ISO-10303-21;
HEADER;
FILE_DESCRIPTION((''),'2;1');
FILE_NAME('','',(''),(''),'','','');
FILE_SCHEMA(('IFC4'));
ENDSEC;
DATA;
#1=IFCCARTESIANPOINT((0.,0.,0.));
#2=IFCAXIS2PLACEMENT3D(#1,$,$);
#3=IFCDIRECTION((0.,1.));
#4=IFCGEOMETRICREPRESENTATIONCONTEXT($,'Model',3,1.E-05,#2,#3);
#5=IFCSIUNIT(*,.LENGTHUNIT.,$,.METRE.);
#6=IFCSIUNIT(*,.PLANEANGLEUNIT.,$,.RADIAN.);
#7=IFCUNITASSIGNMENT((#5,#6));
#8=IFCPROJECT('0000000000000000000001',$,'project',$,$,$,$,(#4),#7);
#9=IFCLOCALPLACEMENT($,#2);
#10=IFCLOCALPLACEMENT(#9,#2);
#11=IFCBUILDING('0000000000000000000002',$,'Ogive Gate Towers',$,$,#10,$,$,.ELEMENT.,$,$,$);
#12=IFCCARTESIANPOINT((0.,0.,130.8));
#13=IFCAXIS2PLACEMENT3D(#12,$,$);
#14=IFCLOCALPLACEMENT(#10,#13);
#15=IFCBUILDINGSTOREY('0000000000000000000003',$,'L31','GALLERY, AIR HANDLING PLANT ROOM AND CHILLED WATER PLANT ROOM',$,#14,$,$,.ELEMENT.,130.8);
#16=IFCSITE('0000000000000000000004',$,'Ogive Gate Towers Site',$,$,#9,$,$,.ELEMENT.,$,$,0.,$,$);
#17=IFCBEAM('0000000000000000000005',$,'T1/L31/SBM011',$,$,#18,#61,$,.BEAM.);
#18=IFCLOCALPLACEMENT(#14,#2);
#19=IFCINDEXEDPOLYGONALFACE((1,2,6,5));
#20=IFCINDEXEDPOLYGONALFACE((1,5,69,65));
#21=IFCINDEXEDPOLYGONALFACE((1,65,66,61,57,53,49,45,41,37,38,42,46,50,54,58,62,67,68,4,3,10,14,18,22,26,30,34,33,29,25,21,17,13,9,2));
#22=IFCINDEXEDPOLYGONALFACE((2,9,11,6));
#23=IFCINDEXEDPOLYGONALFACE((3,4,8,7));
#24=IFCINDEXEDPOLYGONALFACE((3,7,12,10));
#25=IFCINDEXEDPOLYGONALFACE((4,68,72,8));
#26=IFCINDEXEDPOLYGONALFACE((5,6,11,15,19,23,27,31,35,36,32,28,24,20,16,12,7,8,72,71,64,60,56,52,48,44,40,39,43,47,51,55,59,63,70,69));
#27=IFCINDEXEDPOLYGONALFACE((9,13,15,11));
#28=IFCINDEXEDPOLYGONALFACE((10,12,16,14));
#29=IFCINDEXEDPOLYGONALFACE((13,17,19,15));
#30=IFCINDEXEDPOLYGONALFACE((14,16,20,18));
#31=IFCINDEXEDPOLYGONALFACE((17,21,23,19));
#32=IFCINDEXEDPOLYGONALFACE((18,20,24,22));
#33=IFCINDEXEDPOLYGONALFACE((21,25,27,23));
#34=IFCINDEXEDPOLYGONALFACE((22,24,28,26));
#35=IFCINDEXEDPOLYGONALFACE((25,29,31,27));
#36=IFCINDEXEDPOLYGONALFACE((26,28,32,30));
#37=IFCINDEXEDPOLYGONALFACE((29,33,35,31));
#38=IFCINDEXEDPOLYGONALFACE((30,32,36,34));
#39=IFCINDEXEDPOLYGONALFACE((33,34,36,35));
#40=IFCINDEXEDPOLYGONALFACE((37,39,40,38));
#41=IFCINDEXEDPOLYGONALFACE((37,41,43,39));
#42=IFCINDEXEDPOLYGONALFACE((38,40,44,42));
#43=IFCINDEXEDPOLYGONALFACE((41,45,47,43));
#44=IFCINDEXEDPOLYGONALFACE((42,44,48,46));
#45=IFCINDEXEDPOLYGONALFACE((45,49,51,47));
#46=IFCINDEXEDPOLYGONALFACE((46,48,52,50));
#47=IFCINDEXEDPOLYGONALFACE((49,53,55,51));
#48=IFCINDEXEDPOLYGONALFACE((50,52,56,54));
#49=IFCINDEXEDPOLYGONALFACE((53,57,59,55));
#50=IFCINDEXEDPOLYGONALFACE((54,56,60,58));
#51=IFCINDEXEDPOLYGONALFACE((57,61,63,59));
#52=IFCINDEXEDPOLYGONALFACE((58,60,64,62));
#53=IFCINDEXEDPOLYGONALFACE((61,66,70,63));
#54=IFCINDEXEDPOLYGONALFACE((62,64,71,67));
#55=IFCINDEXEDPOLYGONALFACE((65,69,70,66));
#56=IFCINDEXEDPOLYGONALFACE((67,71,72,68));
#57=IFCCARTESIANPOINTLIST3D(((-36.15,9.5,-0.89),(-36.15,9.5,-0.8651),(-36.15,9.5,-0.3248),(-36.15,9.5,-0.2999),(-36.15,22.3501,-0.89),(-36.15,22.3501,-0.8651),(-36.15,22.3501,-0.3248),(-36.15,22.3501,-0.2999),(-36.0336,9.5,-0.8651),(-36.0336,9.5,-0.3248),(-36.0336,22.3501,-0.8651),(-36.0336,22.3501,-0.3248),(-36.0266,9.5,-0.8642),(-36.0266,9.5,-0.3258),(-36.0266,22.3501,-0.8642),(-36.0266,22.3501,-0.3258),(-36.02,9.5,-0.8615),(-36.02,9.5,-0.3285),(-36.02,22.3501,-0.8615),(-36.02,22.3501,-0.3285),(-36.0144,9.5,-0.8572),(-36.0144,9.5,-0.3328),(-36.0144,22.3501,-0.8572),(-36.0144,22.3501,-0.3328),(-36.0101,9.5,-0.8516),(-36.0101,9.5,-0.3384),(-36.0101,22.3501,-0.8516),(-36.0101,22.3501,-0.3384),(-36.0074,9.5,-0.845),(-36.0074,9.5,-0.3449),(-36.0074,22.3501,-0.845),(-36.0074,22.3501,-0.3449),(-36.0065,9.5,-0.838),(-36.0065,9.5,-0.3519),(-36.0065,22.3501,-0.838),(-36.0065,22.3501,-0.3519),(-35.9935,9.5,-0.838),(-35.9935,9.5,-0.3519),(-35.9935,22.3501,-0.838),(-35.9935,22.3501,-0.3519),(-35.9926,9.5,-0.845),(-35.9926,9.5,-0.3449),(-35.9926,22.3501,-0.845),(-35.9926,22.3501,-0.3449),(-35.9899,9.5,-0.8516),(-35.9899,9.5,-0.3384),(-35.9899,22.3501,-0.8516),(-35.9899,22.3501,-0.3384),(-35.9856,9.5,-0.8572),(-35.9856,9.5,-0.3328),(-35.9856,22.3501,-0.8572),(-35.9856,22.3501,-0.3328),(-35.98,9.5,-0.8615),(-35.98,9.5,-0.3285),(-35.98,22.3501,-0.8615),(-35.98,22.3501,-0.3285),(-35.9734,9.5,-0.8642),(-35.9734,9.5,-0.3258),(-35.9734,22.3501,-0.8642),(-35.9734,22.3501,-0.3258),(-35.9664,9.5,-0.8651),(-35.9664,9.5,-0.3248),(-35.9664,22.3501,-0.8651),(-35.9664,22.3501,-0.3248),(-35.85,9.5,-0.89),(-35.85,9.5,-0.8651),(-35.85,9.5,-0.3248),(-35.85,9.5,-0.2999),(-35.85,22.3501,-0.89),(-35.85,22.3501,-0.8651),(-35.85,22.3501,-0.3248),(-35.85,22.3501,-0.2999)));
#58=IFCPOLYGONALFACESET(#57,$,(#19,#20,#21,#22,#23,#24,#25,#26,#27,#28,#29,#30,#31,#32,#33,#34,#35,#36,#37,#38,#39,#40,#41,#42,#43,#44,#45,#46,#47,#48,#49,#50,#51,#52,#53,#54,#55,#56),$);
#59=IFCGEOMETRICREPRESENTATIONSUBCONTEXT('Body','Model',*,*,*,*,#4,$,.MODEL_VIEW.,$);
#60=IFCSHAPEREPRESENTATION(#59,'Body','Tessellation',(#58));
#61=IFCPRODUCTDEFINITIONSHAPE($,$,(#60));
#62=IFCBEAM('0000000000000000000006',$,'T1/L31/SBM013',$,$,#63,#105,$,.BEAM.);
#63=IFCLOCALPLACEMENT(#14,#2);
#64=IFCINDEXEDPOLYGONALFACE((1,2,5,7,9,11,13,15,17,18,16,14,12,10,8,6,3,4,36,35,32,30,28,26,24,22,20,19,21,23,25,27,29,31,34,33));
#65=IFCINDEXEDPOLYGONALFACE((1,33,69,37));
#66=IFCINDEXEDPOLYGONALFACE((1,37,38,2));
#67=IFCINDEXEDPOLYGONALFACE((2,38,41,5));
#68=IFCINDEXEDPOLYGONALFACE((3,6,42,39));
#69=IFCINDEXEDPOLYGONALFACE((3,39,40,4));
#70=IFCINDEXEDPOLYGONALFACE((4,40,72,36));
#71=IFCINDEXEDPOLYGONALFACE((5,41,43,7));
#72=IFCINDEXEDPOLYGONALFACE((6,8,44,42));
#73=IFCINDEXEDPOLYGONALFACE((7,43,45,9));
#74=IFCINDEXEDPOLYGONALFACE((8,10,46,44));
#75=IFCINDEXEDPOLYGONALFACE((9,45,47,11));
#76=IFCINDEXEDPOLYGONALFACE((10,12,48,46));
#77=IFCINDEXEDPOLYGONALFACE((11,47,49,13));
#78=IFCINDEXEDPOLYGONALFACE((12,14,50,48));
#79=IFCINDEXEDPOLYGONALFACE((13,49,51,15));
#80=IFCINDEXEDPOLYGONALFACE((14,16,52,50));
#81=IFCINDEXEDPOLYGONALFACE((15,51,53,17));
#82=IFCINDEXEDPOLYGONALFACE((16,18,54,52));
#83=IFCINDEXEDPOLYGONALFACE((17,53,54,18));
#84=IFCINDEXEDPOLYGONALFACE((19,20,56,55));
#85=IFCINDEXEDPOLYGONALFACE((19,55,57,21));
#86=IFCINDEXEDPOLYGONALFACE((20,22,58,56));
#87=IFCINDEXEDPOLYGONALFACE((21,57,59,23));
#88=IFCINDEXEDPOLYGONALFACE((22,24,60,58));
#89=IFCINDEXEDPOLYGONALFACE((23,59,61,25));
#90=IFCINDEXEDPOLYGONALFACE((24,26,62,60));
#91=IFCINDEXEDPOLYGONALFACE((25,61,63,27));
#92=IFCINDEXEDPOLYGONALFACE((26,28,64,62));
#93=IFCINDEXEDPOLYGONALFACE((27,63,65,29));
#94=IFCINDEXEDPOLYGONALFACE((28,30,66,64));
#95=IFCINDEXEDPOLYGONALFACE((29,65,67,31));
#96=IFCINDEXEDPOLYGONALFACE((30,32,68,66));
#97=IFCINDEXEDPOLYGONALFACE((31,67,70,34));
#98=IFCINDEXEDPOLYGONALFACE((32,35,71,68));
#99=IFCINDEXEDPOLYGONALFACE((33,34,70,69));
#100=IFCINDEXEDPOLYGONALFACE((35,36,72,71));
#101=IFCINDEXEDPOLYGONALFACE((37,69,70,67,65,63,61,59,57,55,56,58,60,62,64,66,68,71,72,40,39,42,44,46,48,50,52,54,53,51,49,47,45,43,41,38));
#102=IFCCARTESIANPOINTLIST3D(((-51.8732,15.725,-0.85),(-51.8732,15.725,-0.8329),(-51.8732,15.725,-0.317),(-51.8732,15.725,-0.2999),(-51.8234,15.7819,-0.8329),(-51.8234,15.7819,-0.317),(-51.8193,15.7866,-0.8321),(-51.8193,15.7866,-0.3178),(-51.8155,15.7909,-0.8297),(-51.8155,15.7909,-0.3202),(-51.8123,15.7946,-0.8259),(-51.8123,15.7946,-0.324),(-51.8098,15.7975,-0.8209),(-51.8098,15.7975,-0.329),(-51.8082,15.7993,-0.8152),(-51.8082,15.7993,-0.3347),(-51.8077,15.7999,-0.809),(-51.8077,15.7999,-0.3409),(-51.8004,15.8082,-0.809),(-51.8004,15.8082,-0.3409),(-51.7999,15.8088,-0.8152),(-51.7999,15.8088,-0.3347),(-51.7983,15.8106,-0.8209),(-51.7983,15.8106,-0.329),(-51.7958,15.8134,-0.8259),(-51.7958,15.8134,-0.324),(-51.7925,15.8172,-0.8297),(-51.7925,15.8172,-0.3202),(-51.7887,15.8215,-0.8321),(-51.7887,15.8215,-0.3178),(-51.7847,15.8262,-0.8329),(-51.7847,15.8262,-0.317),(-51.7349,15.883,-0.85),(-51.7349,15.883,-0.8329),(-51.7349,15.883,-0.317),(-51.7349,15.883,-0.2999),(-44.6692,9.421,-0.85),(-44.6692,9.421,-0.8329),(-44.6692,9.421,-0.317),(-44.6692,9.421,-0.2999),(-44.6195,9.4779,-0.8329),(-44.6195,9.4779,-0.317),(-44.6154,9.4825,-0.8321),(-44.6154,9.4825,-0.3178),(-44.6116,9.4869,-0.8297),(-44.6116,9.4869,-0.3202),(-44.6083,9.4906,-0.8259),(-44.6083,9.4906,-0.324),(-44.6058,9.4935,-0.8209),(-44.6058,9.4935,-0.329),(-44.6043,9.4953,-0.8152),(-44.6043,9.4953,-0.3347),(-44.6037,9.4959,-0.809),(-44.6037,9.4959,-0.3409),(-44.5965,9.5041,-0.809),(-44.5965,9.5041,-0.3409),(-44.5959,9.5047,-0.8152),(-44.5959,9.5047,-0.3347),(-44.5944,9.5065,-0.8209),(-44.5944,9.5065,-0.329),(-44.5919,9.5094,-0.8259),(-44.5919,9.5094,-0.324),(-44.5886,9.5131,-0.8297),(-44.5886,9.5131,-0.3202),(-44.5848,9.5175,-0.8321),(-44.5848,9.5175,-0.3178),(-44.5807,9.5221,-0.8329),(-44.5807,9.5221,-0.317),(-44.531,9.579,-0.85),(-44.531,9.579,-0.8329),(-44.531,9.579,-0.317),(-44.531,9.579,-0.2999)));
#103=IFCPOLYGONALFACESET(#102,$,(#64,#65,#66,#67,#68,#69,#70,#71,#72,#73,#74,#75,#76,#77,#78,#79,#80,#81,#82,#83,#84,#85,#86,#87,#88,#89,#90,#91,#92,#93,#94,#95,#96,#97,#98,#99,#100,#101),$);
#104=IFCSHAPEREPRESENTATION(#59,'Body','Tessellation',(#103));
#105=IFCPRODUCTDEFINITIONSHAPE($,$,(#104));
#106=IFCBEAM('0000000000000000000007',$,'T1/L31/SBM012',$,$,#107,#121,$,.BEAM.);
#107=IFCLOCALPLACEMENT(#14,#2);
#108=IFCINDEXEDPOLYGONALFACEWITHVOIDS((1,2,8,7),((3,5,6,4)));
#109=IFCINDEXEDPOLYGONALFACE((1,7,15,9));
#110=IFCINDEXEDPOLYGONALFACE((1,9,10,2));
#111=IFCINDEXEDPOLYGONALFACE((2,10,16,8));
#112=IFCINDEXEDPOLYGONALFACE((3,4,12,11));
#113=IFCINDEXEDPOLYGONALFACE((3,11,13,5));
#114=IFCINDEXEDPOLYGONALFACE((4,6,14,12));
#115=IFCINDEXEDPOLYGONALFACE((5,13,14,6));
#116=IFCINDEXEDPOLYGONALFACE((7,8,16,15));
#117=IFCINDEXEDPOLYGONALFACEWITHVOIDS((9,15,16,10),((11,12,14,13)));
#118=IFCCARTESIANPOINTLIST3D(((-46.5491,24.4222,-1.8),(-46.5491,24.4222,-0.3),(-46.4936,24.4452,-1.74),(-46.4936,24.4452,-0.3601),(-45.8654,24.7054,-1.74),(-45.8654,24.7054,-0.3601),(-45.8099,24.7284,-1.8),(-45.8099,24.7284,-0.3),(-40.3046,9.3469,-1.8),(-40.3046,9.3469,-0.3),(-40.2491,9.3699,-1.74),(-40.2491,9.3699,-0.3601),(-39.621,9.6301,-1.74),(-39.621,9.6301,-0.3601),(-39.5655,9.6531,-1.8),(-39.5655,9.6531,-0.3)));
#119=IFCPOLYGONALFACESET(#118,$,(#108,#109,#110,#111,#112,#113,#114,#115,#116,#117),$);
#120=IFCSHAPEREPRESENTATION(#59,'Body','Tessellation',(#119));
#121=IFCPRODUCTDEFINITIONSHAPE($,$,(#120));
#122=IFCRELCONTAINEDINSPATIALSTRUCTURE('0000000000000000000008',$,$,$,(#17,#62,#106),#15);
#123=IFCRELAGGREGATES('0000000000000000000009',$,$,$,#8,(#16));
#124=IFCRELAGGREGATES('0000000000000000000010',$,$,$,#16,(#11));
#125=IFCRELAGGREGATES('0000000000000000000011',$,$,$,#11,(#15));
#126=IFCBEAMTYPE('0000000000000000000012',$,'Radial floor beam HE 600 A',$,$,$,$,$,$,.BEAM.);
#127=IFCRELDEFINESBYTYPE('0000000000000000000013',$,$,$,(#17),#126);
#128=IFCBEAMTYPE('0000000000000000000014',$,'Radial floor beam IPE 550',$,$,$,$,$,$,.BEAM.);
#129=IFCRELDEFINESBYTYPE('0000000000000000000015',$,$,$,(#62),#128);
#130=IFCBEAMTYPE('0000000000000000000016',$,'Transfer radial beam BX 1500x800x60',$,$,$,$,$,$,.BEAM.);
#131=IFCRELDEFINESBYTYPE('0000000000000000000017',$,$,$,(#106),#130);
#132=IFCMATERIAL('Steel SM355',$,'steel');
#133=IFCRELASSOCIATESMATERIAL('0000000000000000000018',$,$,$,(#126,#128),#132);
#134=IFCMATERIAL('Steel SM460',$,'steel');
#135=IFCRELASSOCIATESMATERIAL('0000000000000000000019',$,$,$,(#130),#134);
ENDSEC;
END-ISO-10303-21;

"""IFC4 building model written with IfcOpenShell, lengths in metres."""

from ifc_helpers import new_model, si_unit, direction, frame, origin, origin_2d, place, context, subcontext, project, spatial, hollow_rectangle, i_section, extrude, material, material_profile, profile_set, type_object, element, save


model = new_model("IFC4")

# Units and contexts
model_context = context("Model", 3, precision=1e-05, world=origin(), true_north=direction((0.0, 1.0)))
body_context = subcontext(model_context, "Body", "Model", "MODEL_VIEW")
ifc_project = project(units=[si_unit("LENGTHUNIT", "METRE"), si_unit("PLANEANGLEUNIT", "RADIAN")], contexts=[model_context])

# Site, building, storey
site_placement = place(None, origin())
site = spatial("IfcSite", under=ifc_project, at=site_placement, Name="Ogive Gate Towers Site", CompositionType="ELEMENT", RefElevation=0.0)
building_placement = place(site_placement, origin())
building = spatial("IfcBuilding", under=site, at=building_placement, Name="Ogive Gate Towers", CompositionType="ELEMENT")
storey_placement = place(building_placement, frame((0.0, 0.0, 130.8)))
storey = spatial("IfcBuildingStorey", under=building, at=storey_placement, Name="L31", Description="GALLERY, AIR HANDLING PLANT ROOM AND CHILLED WATER PLANT ROOM", CompositionType="ELEMENT", Elevation=130.8)

# Beams
ifc_material_1 = material(Name="Steel SM355", Category="steel")
ifc_material_profile_1 = material_profile(ifc_material_1, i_section(OverallWidth=0.3, OverallDepth=0.5901, WebThickness=0.0129, FlangeThickness=0.0249, FilletRadius=0.0271, at=origin_2d()), Name="HE 600 A")
ifc_profile_set_1 = profile_set([ifc_material_profile_1], Name="Steel SM355")
beam_type_1 = type_object("IfcBeamType", Name="Radial floor beam HE 600 A", PredefinedType="BEAM", material=ifc_profile_set_1)
beam_1_placement = place(storey_placement, frame((-36.0, 9.5, -0.595), z_axis=(0.0, 1.0, 0.0), x_axis=(-1.0, 0.0, 0.0)))
element("IfcBeam", 1, at=beam_1_placement, inside=storey, type_object=beam_type_1, Name="T1/L31/SBM011", PredefinedType="BEAM", context=body_context, shape_type="SweptSolid", body=[
    extrude(i_section(OverallWidth=0.3, OverallDepth=0.5901, WebThickness=0.0129, FlangeThickness=0.0249, FilletRadius=0.0271, at=origin_2d()), origin(), (0.0, 0.0, 1.0), 12.8501),
])
ifc_material_profile_2 = material_profile(ifc_material_1, i_section(OverallWidth=0.21, OverallDepth=0.55, WebThickness=0.011, FlangeThickness=0.0171, FilletRadius=0.0239, at=origin_2d()), Name="IPE 550")
ifc_profile_set_2 = profile_set([ifc_material_profile_2], Name="Steel SM355")
beam_type_2 = type_object("IfcBeamType", Name="Radial floor beam IPE 550", PredefinedType="BEAM", material=ifc_profile_set_2)
beam_2_placement = place(storey_placement, frame((-44.6001, 9.5, -0.575), z_axis=(-0.752547, 0.658539, 0.0), x_axis=(-0.658539, -0.752547, 0.0)))
element("IfcBeam", 2, at=beam_2_placement, inside=storey, type_object=beam_type_2, Name="T1/L31/SBM013", PredefinedType="BEAM", context=body_context, shape_type="SweptSolid", body=[
    extrude(i_section(OverallWidth=0.21, OverallDepth=0.55, WebThickness=0.011, FlangeThickness=0.0171, FilletRadius=0.0239, at=origin_2d()), origin(), (0.0, 0.0, 1.0), 9.5728),
])
ifc_material_2 = material(Name="Steel SM460", Category="steel")
ifc_material_profile_3 = material_profile(ifc_material_2, hollow_rectangle(XDim=0.8, YDim=1.5, WallThickness=0.0601, at=origin_2d()), Name="BX 1500x800x60")
ifc_profile_set_3 = profile_set([ifc_material_profile_3], Name="Steel SM460")
beam_type_3 = type_object("IfcBeamType", Name="Transfer radial beam BX 1500x800x60", PredefinedType="BEAM", material=ifc_profile_set_3)
beam_3_placement = place(storey_placement, frame((-39.9351, 9.5, -1.05), z_axis=(-0.382685, 0.923879, 0.0), x_axis=(-0.923879, -0.382685, 0.0)))
element("IfcBeam", 3, at=beam_3_placement, inside=storey, type_object=beam_type_3, Name="T1/L31/SBM012", PredefinedType="BEAM", context=body_context, shape_type="SweptSolid", body=[
    extrude(hollow_rectangle(XDim=0.8, YDim=1.5, WallThickness=0.0601, at=origin_2d()), origin(), (0.0, 0.0, 1.0), 16.3174),
])

save(model, "model.ifc")
